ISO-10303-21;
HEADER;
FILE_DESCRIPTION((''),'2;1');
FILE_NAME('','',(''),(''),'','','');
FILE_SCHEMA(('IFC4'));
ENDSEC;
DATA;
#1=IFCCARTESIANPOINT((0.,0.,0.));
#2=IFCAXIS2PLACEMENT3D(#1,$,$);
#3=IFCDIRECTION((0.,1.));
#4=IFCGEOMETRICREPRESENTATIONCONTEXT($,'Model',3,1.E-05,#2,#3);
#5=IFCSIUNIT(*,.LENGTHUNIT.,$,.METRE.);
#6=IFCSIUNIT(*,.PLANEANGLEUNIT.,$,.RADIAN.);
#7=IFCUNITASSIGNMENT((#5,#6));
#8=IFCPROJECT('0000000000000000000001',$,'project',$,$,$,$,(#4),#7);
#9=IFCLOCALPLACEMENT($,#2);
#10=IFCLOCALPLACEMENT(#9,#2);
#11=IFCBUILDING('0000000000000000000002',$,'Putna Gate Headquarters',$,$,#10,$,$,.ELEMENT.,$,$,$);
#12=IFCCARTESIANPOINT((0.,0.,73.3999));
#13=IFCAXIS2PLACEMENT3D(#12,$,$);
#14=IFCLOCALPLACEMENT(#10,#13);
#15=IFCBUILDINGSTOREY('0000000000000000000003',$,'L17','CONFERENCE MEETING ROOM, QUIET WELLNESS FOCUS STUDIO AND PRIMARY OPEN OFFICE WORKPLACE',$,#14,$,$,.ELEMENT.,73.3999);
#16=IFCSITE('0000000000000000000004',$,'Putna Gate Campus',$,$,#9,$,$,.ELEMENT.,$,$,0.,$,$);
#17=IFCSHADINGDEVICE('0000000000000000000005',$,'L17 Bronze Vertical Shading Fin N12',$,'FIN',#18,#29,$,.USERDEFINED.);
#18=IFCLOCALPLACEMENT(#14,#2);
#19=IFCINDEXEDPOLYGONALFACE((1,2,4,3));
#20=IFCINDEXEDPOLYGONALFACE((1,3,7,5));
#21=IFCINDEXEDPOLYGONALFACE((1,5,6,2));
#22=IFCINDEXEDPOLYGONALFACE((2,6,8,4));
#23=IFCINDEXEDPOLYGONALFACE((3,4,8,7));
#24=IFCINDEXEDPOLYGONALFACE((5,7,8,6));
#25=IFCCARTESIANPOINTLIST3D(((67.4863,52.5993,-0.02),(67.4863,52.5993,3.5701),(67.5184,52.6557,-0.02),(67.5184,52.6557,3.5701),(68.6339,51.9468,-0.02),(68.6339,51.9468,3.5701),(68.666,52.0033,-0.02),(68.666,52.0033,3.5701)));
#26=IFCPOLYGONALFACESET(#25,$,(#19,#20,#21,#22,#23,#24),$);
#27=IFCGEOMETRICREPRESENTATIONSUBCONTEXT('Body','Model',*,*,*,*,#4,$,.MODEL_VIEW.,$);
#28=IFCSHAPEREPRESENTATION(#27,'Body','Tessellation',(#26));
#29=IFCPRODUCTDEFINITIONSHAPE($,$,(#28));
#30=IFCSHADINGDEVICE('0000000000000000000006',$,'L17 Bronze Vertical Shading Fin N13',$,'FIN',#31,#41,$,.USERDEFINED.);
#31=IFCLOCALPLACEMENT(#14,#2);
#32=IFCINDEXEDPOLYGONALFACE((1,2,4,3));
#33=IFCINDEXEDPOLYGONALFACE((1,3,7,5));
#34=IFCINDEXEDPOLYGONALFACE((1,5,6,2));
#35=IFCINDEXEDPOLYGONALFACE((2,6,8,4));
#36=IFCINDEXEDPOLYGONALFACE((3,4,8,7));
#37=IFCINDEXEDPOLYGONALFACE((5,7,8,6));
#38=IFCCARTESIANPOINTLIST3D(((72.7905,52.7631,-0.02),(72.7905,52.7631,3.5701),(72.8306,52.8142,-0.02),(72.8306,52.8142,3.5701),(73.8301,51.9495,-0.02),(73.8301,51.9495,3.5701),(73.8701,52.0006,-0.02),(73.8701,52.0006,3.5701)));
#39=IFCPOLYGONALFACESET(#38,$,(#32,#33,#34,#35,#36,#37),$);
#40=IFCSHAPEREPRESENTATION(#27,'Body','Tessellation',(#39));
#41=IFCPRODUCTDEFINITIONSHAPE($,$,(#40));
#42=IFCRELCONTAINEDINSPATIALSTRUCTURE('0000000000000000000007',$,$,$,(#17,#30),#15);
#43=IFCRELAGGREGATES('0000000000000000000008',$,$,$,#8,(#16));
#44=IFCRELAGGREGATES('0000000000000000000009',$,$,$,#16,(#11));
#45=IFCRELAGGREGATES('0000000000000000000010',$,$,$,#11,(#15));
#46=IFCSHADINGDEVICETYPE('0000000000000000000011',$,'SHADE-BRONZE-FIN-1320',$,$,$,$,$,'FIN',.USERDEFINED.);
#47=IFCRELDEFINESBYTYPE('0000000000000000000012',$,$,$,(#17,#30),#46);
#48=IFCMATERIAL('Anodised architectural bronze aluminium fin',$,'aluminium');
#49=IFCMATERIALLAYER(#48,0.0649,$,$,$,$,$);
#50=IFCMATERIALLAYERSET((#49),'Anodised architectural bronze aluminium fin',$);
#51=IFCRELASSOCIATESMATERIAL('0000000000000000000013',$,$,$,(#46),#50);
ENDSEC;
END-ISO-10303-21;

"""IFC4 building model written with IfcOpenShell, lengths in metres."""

from ifc_helpers import new_model, si_unit, direction, frame, origin, origin_2d, place, context, subcontext, project, spatial, rectangle, extrude, material, layer, layer_set, type_object, element, save


model = new_model("IFC4")

# Units and contexts
model_context = context("Model", 3, precision=1e-05, world=origin(), true_north=direction((0.0, 1.0)))
body_context = subcontext(model_context, "Body", "Model", "MODEL_VIEW")
ifc_project = project(units=[si_unit("LENGTHUNIT", "METRE"), si_unit("PLANEANGLEUNIT", "RADIAN")], contexts=[model_context])

# Site, building, storey
site_placement = place(None, origin())
site = spatial("IfcSite", under=ifc_project, at=site_placement, Name="Putna Gate Campus", CompositionType="ELEMENT", RefElevation=0.0)
building_placement = place(site_placement, origin())
building = spatial("IfcBuilding", under=site, at=building_placement, Name="Putna Gate Headquarters", CompositionType="ELEMENT")
storey_placement = place(building_placement, frame((0.0, 0.0, 73.3999)))
storey = spatial("IfcBuildingStorey", under=building, at=storey_placement, Name="L17", Description="CONFERENCE MEETING ROOM, QUIET WELLNESS FOCUS STUDIO AND PRIMARY OPEN OFFICE WORKPLACE", CompositionType="ELEMENT", Elevation=73.3999)

# Shading devices
ifc_material_1 = material(Name="Anodised architectural bronze aluminium fin", Category="aluminium")
ifc_layer_1 = layer(ifc_material_1, 0.0649)
ifc_layer_set_1 = layer_set([ifc_layer_1], Name="Anodised architectural bronze aluminium fin")
shading_device_type = type_object("IfcShadingDeviceType", Name="SHADE-BRONZE-FIN-1320", ElementType="FIN", PredefinedType="USERDEFINED", material=ifc_layer_set_1)
for number, where, z_axis, x_axis, name in (
    (1, (68.0762, 52.3013, -0.02), (0.0, 0.0, 1.0), (-0.869322, 0.494245, 0.0), "L17 Bronze Vertical Shading Fin N12"),
    (2, (73.3303, 52.3818, -0.02), (0.0, 0.0, 1.0), (-0.787473, 0.616349, 0.0), "L17 Bronze Vertical Shading Fin N13"),
):
    element("IfcShadingDevice", number, at=place(storey_placement, frame(where, z_axis=z_axis, x_axis=x_axis)), inside=storey, type_object=shading_device_type, Name=name, ObjectType="FIN", PredefinedType="USERDEFINED", context=body_context, shape_type="SweptSolid", body=[
        extrude(rectangle(XDim=1.3201, YDim=0.0649, at=origin_2d()), origin(), (0.0, 0.0, 1.0), 3.5901),
    ])

save(model, "model.ifc")
